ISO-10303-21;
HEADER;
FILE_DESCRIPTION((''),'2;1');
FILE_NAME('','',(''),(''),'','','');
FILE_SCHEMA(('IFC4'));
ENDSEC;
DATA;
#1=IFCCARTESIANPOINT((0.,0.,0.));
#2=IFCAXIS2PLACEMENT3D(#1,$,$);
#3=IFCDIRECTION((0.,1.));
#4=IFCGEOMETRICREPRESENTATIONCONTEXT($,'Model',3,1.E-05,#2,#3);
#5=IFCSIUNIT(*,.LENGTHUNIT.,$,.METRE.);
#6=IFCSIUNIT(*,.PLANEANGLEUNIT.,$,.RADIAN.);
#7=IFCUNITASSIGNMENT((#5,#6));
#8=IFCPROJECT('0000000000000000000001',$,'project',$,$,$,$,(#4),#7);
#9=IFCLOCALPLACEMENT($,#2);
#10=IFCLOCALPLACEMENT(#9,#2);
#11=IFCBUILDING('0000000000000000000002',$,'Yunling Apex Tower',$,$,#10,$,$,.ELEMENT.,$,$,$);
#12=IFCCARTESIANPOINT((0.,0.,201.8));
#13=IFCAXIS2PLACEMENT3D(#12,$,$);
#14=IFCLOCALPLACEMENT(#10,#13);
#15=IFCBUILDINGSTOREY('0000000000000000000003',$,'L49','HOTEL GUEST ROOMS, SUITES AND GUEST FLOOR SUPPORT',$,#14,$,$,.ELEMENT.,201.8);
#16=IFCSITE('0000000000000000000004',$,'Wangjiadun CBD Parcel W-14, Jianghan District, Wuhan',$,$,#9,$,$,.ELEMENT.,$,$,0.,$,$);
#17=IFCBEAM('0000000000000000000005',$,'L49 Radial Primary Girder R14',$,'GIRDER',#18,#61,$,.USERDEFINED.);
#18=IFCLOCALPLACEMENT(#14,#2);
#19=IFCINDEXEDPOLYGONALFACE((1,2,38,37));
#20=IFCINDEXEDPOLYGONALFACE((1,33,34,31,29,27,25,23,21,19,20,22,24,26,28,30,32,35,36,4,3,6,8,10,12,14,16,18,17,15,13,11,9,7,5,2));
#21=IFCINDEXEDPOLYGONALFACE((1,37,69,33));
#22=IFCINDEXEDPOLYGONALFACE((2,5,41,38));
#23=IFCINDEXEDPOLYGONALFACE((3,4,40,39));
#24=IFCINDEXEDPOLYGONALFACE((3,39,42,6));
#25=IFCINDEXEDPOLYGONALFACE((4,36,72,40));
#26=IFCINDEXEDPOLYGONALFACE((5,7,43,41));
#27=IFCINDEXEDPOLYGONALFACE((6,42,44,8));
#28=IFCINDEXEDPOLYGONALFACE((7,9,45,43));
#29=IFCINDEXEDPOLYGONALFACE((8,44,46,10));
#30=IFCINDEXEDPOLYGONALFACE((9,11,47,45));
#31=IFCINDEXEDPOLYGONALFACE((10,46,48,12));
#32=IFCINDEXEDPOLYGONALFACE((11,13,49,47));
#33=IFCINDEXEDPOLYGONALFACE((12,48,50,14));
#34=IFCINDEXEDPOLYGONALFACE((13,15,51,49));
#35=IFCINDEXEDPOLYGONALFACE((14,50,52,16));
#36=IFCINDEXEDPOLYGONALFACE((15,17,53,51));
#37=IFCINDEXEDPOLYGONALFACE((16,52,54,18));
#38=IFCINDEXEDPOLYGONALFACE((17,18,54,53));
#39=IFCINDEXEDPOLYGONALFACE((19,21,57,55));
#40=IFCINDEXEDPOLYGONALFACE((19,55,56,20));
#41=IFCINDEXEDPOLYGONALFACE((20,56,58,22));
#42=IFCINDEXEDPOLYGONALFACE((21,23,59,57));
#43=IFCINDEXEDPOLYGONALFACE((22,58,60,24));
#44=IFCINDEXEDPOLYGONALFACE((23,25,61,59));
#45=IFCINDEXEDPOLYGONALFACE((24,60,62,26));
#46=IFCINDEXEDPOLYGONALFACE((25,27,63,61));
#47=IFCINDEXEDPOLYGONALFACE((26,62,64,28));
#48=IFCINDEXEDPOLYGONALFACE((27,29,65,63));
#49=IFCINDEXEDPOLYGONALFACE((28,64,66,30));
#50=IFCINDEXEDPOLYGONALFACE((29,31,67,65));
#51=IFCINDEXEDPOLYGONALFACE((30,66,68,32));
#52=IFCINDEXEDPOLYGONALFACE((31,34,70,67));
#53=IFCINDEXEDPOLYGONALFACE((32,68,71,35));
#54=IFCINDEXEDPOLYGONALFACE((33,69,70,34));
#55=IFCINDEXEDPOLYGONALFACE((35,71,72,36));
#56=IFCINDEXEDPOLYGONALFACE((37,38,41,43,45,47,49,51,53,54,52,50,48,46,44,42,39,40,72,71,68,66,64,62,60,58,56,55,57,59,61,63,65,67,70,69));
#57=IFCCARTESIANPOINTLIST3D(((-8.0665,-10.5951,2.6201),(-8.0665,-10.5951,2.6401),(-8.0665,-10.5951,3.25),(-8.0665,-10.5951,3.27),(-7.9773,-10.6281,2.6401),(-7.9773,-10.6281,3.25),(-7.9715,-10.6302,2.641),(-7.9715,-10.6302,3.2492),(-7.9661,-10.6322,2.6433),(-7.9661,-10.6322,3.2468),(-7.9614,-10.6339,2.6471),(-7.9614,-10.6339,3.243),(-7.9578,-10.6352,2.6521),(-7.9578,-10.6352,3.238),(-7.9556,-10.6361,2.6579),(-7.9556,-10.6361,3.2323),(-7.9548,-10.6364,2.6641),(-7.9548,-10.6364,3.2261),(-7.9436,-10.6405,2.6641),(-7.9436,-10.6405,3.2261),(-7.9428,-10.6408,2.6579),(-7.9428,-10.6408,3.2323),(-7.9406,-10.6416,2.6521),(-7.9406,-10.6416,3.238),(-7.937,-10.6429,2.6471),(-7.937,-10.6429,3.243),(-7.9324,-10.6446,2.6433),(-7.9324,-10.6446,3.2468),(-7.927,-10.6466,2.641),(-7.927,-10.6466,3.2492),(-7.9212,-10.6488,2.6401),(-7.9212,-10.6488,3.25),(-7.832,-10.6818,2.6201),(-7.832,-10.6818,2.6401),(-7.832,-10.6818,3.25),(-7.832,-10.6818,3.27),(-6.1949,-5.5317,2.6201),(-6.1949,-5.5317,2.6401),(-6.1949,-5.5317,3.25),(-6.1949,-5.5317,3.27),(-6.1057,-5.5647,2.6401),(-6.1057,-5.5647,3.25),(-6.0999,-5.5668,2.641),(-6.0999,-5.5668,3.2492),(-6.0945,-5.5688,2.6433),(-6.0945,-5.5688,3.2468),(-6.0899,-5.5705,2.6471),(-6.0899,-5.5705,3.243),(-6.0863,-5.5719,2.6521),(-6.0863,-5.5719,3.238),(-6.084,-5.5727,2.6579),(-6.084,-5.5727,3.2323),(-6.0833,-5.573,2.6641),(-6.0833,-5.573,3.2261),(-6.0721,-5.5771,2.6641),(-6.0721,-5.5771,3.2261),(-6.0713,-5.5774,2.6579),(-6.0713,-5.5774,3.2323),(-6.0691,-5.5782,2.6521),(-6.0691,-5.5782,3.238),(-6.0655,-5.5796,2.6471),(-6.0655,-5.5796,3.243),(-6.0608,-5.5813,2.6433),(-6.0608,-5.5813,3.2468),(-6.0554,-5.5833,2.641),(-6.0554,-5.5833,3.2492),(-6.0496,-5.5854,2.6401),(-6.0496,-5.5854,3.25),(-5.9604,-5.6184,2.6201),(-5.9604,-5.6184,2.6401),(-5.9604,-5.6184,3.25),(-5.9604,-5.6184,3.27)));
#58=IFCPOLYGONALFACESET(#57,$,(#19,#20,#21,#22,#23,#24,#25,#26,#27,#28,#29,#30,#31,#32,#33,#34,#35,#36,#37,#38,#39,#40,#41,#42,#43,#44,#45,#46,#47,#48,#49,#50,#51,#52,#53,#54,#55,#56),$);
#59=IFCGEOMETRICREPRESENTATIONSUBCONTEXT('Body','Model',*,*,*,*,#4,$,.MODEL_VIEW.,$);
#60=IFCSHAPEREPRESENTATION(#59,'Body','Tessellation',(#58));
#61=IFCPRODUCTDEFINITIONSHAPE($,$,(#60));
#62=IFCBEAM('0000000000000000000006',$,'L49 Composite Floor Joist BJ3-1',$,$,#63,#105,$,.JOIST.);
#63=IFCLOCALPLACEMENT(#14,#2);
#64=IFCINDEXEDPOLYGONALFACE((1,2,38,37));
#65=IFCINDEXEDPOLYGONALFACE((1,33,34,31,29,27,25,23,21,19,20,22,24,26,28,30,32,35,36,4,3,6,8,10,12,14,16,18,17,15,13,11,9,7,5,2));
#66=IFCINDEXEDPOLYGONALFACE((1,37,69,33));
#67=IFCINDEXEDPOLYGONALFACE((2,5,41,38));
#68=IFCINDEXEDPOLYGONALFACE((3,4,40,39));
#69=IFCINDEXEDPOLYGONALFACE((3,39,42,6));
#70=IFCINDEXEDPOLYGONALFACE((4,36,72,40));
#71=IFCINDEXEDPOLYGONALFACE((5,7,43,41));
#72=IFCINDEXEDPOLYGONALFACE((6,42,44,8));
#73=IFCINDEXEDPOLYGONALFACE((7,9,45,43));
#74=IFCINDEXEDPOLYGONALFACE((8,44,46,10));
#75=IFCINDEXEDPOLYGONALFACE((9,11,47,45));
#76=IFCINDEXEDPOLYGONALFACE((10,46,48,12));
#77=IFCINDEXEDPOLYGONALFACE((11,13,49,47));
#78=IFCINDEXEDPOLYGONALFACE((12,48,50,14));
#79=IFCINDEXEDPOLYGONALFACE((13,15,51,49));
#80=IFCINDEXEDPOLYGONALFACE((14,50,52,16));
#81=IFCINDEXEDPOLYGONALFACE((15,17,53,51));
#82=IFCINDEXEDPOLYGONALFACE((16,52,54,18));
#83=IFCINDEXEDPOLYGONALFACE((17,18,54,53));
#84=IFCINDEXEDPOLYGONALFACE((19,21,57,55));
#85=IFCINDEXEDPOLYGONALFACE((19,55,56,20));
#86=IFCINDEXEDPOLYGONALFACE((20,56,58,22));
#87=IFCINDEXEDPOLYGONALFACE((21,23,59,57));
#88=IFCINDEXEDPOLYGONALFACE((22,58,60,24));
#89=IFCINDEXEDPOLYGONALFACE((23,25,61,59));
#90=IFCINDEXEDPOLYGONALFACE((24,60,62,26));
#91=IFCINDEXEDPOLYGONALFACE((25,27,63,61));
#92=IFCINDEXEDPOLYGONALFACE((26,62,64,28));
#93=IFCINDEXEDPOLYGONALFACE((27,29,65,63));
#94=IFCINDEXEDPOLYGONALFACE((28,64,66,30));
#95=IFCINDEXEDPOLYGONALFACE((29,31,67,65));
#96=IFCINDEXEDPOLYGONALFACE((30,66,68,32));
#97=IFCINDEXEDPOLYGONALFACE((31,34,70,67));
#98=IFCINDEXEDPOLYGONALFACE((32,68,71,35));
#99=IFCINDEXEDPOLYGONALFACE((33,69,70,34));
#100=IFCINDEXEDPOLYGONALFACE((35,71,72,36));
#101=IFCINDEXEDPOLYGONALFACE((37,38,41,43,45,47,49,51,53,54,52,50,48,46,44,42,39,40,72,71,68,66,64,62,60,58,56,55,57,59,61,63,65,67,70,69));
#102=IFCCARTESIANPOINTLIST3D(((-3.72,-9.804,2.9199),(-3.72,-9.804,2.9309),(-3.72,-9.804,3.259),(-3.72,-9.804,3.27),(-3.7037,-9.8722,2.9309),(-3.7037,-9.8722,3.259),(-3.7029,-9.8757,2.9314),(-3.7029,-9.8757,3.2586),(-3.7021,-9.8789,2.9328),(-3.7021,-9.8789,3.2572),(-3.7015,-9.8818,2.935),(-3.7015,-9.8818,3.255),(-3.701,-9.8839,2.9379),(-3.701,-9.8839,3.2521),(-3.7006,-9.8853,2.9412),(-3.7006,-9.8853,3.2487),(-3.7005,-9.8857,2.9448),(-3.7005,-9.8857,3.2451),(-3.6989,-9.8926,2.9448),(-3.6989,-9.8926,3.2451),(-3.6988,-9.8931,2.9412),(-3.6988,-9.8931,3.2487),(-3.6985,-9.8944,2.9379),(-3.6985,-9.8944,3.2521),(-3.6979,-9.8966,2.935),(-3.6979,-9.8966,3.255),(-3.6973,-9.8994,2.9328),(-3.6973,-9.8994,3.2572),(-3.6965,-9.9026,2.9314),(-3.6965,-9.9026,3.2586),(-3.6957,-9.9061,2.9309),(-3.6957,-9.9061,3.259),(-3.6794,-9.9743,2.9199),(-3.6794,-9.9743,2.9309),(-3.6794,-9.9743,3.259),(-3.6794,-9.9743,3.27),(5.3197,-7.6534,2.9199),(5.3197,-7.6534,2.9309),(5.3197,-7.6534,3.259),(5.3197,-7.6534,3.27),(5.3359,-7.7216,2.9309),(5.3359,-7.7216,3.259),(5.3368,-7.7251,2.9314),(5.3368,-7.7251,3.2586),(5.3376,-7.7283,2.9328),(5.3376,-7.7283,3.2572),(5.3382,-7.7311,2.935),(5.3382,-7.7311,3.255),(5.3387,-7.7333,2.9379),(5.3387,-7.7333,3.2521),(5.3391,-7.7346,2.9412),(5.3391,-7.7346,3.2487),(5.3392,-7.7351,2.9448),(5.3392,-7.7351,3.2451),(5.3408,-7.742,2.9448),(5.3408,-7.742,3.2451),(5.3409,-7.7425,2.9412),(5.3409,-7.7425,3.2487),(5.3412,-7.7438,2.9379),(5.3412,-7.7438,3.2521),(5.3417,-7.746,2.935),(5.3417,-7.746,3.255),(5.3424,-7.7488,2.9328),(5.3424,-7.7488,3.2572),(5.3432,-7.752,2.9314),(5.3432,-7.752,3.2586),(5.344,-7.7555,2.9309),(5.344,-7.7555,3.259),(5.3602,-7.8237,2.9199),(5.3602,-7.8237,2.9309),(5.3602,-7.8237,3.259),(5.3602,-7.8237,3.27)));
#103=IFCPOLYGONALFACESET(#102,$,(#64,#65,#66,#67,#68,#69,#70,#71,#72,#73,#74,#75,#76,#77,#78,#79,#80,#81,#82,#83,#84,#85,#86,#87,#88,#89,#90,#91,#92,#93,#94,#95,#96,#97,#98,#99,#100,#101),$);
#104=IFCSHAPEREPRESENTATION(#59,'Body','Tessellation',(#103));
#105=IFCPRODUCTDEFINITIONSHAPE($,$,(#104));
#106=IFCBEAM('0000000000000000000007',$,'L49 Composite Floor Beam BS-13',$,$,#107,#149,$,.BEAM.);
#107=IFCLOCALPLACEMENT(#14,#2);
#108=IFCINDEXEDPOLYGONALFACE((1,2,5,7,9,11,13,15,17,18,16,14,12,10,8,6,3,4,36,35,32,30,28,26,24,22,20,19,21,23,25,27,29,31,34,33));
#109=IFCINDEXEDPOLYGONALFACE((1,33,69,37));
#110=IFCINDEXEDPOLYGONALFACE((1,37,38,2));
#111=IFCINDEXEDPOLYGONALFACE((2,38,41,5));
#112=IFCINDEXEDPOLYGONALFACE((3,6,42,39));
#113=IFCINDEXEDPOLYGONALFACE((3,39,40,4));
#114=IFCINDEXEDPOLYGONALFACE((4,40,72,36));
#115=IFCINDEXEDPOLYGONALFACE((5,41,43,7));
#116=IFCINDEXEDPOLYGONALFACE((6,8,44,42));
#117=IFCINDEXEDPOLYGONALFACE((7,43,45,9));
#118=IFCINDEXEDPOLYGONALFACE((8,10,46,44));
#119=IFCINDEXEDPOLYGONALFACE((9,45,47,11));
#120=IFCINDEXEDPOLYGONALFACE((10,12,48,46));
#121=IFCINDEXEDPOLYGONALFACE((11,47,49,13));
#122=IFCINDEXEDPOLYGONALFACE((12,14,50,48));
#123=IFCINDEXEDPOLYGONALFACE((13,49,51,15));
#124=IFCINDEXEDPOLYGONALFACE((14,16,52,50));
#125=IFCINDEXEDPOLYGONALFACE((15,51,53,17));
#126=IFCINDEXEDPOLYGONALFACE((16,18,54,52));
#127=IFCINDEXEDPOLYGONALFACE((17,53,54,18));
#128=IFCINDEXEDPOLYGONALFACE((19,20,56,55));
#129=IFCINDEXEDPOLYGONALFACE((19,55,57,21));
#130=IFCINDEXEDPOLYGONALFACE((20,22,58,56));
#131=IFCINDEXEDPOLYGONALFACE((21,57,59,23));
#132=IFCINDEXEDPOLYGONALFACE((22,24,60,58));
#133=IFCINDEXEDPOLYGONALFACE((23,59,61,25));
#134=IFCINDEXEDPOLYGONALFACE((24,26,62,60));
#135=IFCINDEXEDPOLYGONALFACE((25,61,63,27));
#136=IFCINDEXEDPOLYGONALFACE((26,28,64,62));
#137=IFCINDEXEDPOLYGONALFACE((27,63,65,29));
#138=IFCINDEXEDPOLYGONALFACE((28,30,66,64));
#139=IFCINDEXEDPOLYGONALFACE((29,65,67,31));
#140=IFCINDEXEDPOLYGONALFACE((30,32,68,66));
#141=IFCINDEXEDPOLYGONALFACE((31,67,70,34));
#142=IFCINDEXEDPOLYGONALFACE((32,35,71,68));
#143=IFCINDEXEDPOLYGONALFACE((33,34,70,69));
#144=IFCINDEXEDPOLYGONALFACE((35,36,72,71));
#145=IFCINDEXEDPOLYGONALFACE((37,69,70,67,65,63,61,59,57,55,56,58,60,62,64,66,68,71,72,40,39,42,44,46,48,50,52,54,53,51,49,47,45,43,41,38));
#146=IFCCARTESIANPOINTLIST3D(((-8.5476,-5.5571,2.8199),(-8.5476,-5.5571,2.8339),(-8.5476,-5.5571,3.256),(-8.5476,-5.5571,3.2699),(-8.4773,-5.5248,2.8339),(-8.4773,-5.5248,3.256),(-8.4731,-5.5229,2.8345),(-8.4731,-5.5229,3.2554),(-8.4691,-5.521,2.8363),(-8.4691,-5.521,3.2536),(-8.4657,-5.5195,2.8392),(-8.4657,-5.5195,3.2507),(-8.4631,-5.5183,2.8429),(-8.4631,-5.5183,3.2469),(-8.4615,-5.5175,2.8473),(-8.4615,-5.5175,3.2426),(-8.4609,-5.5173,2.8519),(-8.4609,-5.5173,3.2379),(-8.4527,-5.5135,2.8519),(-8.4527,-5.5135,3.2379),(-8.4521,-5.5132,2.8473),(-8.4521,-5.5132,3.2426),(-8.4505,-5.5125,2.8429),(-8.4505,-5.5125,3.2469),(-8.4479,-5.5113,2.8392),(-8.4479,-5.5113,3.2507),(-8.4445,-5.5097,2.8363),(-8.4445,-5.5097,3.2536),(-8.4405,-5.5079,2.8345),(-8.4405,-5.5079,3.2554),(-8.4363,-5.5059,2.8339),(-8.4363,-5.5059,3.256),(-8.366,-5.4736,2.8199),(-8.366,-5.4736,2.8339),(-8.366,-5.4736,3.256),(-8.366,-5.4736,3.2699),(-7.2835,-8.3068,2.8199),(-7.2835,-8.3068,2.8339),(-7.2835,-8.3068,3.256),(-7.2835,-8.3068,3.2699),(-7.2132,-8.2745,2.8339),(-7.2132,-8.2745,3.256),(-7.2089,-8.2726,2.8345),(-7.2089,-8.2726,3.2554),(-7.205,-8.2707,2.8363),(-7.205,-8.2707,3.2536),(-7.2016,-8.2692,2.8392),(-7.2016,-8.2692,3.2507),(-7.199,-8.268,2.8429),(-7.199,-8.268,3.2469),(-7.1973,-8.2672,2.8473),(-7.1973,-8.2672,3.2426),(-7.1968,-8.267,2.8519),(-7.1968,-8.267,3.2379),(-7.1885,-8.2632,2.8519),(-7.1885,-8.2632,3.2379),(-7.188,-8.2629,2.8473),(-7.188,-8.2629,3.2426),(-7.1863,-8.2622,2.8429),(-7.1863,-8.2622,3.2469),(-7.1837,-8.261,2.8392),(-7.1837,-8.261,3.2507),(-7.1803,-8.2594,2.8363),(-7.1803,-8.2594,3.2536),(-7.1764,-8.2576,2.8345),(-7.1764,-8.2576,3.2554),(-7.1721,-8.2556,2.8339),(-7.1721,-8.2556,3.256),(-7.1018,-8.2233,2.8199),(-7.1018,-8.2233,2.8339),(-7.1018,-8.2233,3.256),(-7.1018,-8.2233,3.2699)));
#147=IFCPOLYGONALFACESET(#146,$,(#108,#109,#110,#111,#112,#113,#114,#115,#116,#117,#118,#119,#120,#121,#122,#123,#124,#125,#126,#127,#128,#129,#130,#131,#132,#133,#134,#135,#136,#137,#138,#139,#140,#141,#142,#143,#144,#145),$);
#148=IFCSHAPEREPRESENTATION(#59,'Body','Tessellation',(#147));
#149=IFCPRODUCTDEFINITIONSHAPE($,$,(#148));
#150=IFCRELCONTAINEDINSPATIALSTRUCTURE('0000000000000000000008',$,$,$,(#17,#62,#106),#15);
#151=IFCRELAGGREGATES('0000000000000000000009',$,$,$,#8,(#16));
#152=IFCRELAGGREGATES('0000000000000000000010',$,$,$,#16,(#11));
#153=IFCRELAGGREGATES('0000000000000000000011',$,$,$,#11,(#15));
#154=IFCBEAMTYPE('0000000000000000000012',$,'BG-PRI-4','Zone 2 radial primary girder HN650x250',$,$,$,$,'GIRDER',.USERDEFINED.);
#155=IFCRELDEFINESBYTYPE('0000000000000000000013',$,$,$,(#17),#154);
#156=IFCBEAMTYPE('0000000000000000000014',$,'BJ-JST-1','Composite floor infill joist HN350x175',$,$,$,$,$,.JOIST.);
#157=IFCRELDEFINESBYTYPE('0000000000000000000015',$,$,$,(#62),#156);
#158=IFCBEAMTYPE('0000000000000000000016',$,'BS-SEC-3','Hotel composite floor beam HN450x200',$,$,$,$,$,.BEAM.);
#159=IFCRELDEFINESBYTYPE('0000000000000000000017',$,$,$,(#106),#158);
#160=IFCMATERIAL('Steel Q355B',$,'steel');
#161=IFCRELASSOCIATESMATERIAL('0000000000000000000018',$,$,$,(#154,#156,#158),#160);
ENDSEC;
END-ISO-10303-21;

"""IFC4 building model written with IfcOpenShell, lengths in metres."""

from ifc_helpers import new_model, si_unit, direction, frame, origin, origin_2d, place, context, subcontext, project, spatial, i_section, extrude, source, transform, mapped, material, material_profile, profile_set, type_object, element, save


model = new_model("IFC4")

# Units and contexts
model_context = context("Model", 3, precision=1e-05, world=origin(), true_north=direction((0.0, 1.0)))
body_context = subcontext(model_context, "Body", "Model", "MODEL_VIEW")
ifc_project = project(units=[si_unit("LENGTHUNIT", "METRE"), si_unit("PLANEANGLEUNIT", "RADIAN")], contexts=[model_context])

# Site, building, storey
site_placement = place(None, origin())
site = spatial("IfcSite", under=ifc_project, at=site_placement, Name="Wangjiadun CBD Parcel W-14, Jianghan District, Wuhan", CompositionType="ELEMENT", RefElevation=0.0)
building_placement = place(site_placement, origin())
building = spatial("IfcBuilding", under=site, at=building_placement, Name="Yunling Apex Tower", CompositionType="ELEMENT")
storey_placement = place(building_placement, frame((0.0, 0.0, 201.8)))
storey = spatial("IfcBuildingStorey", under=building, at=storey_placement, Name="L49", Description="HOTEL GUEST ROOMS, SUITES AND GUEST FLOOR SUPPORT", CompositionType="ELEMENT", Elevation=201.8)

# Beams
ifc_material_1 = material(Name="Steel Q355B", Category="steel")
ifc_material_profile_1 = material_profile(ifc_material_1, i_section(OverallWidth=0.25, OverallDepth=0.6499, WebThickness=0.012, FlangeThickness=0.02, FilletRadius=0.0239, at=origin_2d()))
ifc_profile_set_1 = profile_set([ifc_material_profile_1], Name="Steel Q355B")
beam_type_1 = type_object("IfcBeamType", Name="BG-PRI-4", Description="Zone 2 radial primary girder HN650x250", ElementType="GIRDER", PredefinedType="USERDEFINED", material=ifc_profile_set_1)
shared_shape_1 = source(origin(), body_context, "Body", "SweptSolid", [
    extrude(i_section(OverallWidth=0.25, OverallDepth=0.6499, WebThickness=0.012, FlangeThickness=0.02, FilletRadius=0.0239, at=origin_2d()), origin(), (0.0, 0.0, 1.0), 5.3982),
])
beam_1_placement = place(storey_placement, frame((-7.9492, -10.6384, 2.9451), z_axis=(0.346699, 0.937977, 0.0), x_axis=(-0.937977, 0.346699, 0.0)))
element("IfcBeam", 1, at=beam_1_placement, inside=storey, type_object=beam_type_1, Name="L49 Radial Primary Girder R14", ObjectType="GIRDER", PredefinedType="USERDEFINED", context=body_context, shape_type="MappedRepresentation", body=[
    mapped(shared_shape_1, transform((0.0, 0.0, 0.0), scale=1.0)),
])
ifc_material_profile_2 = material_profile(ifc_material_1, i_section(OverallWidth=0.175, OverallDepth=0.3501, WebThickness=0.0071, FlangeThickness=0.011, FilletRadius=0.0139, at=origin_2d()))
ifc_profile_set_2 = profile_set([ifc_material_profile_2], Name="Steel Q355B")
beam_type_2 = type_object("IfcBeamType", Name="BJ-JST-1", Description="Composite floor infill joist HN350x175", PredefinedType="JOIST", material=ifc_profile_set_2)
shared_shape_2 = source(origin(), body_context, "Body", "SweptSolid", [
    extrude(i_section(OverallWidth=0.175, OverallDepth=0.3501, WebThickness=0.0071, FlangeThickness=0.011, FilletRadius=0.0139, at=origin_2d()), origin(), (0.0, 0.0, 1.0), 9.292),
])
beam_2_placement = place(storey_placement, frame((-3.6997, -9.8892, 3.095), z_axis=(0.972847, 0.231448, 0.0), x_axis=(-0.231448, 0.972847, 0.0)))
element("IfcBeam", 2, at=beam_2_placement, inside=storey, type_object=beam_type_2, Name="L49 Composite Floor Joist BJ3-1", PredefinedType="JOIST", context=body_context, shape_type="MappedRepresentation", body=[
    mapped(shared_shape_2, transform((0.0, 0.0, 0.0), scale=1.0)),
])
ifc_material_profile_3 = material_profile(ifc_material_1, i_section(OverallWidth=0.2, OverallDepth=0.45, WebThickness=0.009, FlangeThickness=0.0139, FilletRadius=0.0181, at=origin_2d()))
ifc_profile_set_3 = profile_set([ifc_material_profile_3], Name="Steel Q355B")
beam_type_3 = type_object("IfcBeamType", Name="BS-SEC-3", Description="Hotel composite floor beam HN450x200", PredefinedType="BEAM", material=ifc_profile_set_3)
shared_shape_3 = source(origin(), body_context, "Body", "SweptSolid", [
    extrude(i_section(OverallWidth=0.2, OverallDepth=0.45, WebThickness=0.009, FlangeThickness=0.0139, FilletRadius=0.0181, at=origin_2d()), origin(), (0.0, 0.0, 1.0), 3.0264),
])
beam_3_placement = place(storey_placement, frame((-8.4568, -5.5154, 3.0449), z_axis=(0.417707, -0.908582, 0.0), x_axis=(0.908582, 0.417707, 0.0)))
element("IfcBeam", 3, at=beam_3_placement, inside=storey, type_object=beam_type_3, Name="L49 Composite Floor Beam BS-13", PredefinedType="BEAM", context=body_context, shape_type="MappedRepresentation", body=[
    mapped(shared_shape_3, transform((0.0, 0.0, 0.0), scale=1.0)),
])

save(model, "model.ifc")
